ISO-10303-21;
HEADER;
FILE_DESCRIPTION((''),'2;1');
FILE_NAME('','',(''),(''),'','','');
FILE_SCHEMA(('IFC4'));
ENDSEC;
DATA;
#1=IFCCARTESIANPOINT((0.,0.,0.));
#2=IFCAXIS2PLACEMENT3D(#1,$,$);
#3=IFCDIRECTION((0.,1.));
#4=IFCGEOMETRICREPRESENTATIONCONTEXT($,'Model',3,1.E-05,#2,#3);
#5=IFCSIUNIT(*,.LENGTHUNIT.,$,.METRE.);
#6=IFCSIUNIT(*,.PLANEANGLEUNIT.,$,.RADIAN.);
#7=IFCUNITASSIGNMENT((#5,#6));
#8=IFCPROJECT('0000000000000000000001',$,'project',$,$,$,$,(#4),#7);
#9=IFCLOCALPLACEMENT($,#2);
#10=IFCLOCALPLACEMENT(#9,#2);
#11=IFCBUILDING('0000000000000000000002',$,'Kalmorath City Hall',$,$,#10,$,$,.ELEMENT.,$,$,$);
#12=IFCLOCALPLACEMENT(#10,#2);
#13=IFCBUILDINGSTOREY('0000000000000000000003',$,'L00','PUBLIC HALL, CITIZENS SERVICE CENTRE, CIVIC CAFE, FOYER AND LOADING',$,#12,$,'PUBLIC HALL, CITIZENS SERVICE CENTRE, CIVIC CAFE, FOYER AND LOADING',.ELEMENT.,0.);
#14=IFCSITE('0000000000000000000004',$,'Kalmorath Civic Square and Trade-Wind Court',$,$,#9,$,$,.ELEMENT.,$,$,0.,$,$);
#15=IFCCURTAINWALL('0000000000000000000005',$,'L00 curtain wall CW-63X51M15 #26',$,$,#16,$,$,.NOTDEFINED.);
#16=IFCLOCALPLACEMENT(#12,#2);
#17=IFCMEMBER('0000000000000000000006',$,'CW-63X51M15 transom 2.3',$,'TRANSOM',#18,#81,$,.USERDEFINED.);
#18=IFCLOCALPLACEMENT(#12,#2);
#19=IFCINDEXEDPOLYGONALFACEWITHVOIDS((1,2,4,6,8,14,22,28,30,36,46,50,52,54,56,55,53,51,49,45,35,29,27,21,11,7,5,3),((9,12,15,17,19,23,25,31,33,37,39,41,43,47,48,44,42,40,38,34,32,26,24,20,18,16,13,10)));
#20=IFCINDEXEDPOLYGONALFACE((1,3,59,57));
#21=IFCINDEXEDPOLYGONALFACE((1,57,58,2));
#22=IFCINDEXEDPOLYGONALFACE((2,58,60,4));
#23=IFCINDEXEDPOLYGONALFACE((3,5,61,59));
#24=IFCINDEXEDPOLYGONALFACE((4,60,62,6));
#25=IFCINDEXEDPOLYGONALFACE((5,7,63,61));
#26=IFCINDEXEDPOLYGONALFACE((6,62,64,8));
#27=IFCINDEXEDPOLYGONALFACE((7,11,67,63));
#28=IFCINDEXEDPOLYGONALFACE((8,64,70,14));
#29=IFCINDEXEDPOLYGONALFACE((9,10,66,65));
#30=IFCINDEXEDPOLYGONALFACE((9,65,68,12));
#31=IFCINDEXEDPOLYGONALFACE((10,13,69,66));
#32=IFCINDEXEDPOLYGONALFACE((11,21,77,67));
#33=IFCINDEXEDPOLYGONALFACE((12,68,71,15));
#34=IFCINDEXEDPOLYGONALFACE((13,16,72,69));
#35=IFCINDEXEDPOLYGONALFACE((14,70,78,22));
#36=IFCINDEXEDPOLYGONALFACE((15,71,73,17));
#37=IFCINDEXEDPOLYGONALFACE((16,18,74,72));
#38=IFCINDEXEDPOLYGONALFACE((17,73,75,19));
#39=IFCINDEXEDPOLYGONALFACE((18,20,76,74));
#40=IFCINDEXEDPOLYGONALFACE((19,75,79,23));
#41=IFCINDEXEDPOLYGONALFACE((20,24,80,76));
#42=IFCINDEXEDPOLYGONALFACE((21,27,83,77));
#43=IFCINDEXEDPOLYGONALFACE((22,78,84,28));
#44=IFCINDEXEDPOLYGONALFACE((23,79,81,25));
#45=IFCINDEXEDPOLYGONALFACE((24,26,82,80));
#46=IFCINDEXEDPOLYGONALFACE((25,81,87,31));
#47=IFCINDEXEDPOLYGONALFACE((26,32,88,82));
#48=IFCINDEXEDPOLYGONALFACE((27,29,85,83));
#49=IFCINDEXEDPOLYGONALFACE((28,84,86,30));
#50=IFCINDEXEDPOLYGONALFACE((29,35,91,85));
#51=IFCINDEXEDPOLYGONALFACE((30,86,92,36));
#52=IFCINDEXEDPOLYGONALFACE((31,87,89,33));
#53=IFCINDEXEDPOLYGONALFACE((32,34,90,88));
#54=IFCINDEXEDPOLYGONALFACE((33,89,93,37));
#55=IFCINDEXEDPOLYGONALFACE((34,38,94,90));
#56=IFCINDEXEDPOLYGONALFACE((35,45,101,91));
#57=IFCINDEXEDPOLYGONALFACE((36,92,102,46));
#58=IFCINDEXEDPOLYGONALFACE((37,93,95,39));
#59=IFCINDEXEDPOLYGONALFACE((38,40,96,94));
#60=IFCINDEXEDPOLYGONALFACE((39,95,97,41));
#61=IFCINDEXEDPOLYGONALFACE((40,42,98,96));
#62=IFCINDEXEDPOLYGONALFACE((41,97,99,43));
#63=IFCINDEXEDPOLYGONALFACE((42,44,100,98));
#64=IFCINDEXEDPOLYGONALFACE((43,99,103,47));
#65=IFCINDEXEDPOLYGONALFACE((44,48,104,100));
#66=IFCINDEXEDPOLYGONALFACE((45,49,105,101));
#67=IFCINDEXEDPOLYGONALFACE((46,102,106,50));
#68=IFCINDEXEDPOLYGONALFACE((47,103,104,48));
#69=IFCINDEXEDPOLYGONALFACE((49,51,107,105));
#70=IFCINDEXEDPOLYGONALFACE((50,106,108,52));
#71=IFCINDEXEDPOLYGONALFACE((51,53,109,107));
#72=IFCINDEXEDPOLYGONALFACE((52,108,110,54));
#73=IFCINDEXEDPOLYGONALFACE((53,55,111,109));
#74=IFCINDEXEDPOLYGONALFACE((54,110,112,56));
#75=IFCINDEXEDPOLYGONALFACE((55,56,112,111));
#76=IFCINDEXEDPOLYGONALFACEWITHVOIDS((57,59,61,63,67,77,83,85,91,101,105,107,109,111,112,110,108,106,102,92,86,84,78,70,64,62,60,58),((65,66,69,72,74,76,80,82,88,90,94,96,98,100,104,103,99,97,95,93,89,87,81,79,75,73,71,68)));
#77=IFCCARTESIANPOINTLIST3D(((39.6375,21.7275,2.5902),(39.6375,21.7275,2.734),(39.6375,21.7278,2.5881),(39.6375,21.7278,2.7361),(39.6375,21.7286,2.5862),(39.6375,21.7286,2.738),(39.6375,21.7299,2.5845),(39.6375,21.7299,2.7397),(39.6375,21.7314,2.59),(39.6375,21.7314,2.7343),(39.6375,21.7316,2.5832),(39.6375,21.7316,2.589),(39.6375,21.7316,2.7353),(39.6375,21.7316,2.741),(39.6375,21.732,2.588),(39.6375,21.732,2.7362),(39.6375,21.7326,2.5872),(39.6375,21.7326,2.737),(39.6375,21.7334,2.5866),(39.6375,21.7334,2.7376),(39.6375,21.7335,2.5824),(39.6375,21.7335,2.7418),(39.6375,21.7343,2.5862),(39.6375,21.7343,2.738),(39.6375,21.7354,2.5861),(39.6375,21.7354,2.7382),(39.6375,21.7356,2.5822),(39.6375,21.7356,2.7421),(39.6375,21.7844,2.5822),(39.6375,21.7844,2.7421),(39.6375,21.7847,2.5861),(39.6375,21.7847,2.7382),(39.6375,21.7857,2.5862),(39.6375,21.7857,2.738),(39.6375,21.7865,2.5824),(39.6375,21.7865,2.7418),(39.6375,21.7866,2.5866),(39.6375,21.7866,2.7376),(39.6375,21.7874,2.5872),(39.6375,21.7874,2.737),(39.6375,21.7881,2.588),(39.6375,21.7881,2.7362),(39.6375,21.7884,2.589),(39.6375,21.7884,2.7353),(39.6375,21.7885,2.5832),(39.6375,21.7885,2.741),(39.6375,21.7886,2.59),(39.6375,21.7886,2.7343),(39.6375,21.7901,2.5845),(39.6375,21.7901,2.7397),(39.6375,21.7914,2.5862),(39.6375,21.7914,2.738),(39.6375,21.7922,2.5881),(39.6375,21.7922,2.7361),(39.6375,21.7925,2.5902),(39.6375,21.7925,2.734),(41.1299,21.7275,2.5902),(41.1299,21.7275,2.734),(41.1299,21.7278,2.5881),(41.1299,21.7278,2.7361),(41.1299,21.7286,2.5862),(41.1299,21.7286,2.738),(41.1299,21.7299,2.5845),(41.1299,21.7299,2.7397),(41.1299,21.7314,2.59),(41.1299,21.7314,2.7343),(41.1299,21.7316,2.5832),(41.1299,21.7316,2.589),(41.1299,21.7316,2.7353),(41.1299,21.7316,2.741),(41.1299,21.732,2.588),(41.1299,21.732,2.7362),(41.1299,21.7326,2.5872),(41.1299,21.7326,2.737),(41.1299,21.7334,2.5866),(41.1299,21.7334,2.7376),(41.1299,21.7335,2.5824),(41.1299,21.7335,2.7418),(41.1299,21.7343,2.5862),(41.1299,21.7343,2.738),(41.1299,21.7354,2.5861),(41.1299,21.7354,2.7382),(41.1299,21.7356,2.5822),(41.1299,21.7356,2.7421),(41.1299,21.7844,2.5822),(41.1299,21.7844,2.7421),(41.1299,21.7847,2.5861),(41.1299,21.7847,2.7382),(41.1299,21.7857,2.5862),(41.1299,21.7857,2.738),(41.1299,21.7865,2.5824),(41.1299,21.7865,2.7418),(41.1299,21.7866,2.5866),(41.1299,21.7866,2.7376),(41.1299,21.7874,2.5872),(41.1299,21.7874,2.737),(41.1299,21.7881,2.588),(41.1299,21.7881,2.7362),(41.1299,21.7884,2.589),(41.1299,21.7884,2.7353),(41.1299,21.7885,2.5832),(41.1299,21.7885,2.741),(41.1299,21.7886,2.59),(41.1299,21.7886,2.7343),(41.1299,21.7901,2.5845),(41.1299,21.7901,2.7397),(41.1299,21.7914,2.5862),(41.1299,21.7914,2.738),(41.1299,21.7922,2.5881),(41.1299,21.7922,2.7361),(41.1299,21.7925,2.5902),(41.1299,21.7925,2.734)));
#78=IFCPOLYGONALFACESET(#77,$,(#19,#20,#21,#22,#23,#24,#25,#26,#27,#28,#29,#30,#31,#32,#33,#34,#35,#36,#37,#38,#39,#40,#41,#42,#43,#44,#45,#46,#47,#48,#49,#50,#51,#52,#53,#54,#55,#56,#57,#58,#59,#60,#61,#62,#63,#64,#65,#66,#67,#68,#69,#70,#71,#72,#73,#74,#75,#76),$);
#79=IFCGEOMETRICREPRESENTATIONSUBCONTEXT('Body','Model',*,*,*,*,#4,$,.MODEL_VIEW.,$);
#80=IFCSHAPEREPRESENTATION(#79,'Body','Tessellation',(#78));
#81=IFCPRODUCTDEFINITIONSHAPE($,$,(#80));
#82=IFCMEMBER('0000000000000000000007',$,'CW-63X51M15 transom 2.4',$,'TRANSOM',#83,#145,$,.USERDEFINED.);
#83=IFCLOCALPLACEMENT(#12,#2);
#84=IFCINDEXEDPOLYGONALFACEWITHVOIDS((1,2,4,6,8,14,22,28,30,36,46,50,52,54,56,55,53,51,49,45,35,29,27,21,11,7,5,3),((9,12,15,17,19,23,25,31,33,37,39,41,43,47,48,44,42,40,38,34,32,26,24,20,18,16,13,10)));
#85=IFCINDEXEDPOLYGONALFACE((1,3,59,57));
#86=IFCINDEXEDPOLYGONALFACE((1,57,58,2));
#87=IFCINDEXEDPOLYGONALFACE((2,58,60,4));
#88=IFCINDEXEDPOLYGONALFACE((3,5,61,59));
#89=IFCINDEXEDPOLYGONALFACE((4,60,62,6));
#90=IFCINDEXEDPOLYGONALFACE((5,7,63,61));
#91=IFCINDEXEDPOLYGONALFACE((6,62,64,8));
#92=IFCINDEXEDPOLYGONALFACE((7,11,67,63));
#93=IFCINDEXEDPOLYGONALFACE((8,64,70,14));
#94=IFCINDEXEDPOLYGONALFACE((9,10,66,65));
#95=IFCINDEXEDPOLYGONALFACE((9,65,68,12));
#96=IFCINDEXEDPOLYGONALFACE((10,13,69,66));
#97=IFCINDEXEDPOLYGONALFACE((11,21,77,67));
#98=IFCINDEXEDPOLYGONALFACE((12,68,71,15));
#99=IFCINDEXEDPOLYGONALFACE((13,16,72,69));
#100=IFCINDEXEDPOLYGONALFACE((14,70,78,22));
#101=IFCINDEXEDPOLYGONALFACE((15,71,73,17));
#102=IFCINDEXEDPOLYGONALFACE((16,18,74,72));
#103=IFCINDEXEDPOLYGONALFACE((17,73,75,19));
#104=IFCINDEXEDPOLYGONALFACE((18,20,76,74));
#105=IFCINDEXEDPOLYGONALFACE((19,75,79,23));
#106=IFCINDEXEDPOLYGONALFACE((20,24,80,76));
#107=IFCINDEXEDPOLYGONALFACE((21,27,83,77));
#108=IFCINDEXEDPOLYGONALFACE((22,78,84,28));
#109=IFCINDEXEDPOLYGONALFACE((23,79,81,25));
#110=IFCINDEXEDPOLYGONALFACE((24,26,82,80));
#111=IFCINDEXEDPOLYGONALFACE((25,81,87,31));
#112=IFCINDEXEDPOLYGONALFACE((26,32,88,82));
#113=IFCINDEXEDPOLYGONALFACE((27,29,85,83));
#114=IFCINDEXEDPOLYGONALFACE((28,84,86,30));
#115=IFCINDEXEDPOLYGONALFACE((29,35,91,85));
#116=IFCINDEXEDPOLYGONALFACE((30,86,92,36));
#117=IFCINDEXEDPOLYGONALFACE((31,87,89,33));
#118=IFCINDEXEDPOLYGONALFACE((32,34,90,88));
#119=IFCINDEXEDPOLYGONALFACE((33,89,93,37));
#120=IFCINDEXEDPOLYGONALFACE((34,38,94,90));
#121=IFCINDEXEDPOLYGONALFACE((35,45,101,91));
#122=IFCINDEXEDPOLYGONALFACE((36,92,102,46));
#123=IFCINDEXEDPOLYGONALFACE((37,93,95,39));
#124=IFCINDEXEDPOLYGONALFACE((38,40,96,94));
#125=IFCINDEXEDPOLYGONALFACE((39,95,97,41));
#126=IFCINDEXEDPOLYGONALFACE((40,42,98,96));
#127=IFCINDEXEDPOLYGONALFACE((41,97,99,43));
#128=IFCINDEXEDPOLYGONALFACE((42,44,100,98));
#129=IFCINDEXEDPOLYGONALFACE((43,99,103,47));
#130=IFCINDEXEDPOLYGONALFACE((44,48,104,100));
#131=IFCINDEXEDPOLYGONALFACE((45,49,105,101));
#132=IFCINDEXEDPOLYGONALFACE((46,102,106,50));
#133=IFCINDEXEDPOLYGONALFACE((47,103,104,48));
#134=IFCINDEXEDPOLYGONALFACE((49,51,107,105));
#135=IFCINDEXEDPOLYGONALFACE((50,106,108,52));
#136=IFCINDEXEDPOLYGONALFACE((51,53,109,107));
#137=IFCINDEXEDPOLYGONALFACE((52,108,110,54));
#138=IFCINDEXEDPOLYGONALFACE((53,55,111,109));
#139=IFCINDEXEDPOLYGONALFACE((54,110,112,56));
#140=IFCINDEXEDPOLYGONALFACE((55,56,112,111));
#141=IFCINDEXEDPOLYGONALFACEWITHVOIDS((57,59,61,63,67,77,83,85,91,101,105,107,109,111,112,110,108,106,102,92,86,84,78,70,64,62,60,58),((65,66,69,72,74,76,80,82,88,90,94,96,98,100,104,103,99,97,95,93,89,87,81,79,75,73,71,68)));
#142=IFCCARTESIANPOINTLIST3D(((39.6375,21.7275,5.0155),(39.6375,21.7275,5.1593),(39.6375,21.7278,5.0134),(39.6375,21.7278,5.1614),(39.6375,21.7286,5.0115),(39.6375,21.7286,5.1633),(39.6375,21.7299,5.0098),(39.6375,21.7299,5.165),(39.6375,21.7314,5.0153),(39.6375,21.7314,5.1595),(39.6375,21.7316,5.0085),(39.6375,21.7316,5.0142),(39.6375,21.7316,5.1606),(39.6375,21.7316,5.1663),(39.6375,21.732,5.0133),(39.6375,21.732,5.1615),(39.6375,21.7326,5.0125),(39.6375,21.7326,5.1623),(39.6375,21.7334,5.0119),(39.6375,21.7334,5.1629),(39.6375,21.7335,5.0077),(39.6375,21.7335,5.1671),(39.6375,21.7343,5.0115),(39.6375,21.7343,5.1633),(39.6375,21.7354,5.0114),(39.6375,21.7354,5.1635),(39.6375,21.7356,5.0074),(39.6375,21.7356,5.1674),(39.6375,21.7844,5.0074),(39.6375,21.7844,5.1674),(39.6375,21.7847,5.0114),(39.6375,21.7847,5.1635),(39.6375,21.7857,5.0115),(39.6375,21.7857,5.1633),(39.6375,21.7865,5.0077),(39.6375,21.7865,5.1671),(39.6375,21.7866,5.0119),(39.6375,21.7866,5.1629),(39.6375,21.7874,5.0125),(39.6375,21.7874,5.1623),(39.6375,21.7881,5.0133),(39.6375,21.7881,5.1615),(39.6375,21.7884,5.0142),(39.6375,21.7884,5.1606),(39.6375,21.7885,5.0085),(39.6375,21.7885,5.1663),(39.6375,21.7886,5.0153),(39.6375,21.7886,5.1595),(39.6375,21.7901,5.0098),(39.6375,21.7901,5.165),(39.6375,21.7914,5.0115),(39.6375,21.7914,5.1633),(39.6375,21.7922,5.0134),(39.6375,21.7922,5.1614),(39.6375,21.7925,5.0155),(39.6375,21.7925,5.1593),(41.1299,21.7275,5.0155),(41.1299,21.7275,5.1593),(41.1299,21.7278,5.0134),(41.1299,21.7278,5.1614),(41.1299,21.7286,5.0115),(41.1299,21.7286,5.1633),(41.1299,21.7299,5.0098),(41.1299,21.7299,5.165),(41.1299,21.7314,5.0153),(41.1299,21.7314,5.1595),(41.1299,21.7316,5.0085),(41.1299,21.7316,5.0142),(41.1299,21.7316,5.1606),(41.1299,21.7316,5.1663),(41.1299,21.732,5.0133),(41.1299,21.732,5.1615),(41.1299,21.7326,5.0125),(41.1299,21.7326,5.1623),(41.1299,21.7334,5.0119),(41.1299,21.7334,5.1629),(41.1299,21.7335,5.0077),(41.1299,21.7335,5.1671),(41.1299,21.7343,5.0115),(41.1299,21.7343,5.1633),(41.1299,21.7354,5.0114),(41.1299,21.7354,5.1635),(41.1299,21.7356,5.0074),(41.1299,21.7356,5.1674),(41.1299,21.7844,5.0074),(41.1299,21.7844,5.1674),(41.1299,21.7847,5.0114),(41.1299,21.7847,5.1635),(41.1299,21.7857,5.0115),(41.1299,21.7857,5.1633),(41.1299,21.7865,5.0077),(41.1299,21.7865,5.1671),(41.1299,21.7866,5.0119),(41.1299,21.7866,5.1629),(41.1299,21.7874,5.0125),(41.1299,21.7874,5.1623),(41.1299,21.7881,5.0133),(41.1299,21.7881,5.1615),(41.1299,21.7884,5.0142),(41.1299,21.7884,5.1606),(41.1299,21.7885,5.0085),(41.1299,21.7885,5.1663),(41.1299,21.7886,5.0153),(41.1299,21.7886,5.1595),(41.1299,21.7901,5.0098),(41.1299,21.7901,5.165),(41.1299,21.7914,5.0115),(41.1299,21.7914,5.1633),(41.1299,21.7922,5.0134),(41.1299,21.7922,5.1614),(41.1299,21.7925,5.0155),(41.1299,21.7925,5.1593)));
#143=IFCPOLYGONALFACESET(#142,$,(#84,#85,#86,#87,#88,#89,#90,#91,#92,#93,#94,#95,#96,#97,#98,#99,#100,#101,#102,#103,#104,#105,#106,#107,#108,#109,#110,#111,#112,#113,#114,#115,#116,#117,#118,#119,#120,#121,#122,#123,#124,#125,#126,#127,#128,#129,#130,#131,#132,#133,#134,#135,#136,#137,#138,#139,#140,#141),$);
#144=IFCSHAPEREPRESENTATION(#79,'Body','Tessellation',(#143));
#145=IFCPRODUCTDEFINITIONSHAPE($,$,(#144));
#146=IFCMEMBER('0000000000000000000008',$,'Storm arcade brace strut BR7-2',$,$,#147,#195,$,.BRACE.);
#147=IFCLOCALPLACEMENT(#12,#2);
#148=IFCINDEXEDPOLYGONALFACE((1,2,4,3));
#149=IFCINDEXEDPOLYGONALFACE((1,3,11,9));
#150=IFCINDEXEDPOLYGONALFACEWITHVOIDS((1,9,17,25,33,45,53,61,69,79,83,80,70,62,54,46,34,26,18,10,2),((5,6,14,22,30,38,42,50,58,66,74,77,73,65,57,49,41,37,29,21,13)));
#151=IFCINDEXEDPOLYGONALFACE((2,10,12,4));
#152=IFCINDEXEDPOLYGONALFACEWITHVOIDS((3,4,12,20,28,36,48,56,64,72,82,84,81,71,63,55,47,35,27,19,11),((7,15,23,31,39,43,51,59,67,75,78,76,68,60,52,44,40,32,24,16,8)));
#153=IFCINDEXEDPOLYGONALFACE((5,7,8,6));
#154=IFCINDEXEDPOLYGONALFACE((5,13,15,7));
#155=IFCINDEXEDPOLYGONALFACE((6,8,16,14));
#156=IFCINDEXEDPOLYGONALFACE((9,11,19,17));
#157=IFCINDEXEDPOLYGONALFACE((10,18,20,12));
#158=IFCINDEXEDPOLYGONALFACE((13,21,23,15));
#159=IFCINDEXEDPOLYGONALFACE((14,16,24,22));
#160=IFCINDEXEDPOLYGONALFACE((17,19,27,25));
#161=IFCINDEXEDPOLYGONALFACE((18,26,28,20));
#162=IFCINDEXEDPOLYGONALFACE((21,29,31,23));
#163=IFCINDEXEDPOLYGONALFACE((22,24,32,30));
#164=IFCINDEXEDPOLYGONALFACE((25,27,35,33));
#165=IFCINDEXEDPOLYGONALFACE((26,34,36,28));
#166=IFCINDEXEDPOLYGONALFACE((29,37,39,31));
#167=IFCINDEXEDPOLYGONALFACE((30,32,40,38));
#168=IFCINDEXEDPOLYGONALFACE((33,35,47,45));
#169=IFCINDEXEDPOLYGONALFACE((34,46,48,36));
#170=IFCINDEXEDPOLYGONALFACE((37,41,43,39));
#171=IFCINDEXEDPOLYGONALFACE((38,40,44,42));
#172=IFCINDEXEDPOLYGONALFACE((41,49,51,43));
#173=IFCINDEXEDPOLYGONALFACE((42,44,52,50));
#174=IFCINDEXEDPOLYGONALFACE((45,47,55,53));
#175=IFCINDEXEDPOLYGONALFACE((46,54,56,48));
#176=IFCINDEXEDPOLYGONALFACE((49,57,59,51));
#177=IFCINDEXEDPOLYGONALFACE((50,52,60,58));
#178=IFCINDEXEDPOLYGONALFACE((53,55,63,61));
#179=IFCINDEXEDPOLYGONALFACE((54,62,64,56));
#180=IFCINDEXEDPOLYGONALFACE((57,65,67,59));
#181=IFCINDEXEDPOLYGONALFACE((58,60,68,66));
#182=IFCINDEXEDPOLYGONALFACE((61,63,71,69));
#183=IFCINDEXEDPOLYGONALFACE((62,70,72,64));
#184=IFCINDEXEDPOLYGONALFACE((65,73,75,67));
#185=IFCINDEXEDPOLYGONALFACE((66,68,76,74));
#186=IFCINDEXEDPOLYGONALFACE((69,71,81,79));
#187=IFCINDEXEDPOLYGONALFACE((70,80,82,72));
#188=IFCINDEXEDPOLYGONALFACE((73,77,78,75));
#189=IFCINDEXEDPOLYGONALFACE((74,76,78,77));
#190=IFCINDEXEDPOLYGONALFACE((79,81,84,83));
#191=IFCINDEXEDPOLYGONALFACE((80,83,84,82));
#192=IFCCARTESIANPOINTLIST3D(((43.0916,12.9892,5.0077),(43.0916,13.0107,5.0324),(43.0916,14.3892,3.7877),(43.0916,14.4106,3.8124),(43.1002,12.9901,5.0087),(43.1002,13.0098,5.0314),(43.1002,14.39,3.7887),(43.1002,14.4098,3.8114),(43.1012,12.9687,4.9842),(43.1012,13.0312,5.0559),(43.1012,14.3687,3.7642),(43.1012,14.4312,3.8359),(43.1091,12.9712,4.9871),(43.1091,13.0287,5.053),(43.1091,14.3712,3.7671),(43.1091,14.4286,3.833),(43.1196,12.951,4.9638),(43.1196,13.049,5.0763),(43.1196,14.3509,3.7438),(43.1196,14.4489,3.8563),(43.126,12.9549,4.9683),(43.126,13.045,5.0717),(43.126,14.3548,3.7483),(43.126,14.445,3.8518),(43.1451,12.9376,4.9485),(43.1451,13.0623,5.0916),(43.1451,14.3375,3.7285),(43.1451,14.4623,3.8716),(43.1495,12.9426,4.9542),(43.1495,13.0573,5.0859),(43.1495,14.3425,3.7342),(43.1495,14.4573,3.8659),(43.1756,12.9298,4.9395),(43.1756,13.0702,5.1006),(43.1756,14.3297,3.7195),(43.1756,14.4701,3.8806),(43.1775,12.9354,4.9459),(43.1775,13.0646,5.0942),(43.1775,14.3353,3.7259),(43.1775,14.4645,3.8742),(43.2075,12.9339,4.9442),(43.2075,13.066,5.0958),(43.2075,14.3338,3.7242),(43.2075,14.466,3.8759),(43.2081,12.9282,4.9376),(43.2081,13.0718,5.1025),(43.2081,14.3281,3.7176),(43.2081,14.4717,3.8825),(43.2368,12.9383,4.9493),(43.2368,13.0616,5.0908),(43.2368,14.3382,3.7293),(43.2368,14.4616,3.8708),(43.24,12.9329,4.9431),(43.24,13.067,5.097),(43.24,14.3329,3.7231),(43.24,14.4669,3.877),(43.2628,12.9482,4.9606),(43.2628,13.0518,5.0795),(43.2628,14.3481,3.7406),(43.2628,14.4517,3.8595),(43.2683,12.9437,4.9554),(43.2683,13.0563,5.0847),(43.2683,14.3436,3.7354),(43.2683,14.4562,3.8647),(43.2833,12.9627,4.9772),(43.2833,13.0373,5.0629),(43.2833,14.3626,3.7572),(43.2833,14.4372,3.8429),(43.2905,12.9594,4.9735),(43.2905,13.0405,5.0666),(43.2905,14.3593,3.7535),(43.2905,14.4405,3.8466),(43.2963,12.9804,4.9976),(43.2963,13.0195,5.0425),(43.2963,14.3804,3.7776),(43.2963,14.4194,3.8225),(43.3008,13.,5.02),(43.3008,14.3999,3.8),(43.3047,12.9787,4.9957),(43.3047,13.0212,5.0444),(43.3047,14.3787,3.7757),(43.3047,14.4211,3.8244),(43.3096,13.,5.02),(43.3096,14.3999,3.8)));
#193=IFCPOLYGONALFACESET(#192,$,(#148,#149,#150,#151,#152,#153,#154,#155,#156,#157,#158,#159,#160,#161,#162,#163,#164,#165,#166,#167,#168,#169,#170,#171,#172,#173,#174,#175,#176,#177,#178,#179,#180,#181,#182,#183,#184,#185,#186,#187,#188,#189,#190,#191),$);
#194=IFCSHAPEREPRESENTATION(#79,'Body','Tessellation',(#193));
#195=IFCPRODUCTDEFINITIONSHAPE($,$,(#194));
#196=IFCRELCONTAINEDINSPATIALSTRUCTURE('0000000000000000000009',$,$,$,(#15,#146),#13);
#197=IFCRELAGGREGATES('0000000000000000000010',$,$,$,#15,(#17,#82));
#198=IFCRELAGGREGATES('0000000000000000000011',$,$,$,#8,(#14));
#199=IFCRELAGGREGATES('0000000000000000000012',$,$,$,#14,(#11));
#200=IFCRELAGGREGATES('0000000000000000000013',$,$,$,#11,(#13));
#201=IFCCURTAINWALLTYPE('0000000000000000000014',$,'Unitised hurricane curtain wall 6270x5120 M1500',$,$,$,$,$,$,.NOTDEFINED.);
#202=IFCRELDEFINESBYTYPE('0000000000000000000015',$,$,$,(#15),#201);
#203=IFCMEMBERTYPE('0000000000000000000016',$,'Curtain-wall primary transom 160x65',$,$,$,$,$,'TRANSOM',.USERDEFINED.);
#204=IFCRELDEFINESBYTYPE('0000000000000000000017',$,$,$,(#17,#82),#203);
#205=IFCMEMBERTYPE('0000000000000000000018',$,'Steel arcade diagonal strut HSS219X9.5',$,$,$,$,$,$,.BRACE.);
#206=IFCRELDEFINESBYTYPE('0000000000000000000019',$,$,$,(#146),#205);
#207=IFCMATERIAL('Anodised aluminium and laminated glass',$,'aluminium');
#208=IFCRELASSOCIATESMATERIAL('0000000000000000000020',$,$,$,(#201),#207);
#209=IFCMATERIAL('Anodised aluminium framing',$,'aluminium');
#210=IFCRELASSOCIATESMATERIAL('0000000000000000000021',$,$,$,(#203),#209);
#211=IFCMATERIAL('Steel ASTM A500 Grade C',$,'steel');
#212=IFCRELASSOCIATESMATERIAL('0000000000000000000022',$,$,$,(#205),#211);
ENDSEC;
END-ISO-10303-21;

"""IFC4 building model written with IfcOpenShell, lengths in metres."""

from ifc_helpers import new_model, si_unit, direction, frame, origin, origin_2d, place, context, subcontext, project, spatial, hollow_rectangle, hollow_circle, extrude, material, material_profile, profile_set, type_object, element, aggregate, save


model = new_model("IFC4")

# Units and contexts
model_context = context("Model", 3, precision=1e-05, world=origin(), true_north=direction((0.0, 1.0)))
body_context = subcontext(model_context, "Body", "Model", "MODEL_VIEW")
ifc_project = project(units=[si_unit("LENGTHUNIT", "METRE"), si_unit("PLANEANGLEUNIT", "RADIAN")], contexts=[model_context])

# Site, building, storey
site_placement = place(None, origin())
site = spatial("IfcSite", under=ifc_project, at=site_placement, Name="Kalmorath Civic Square and Trade-Wind Court", CompositionType="ELEMENT", RefElevation=0.0)
building_placement = place(site_placement, origin())
building = spatial("IfcBuilding", under=site, at=building_placement, Name="Kalmorath City Hall", CompositionType="ELEMENT")
storey_placement = place(building_placement, origin())
storey = spatial("IfcBuildingStorey", under=building, at=storey_placement, Name="L00", Description="PUBLIC HALL, CITIZENS SERVICE CENTRE, CIVIC CAFE, FOYER AND LOADING", LongName="PUBLIC HALL, CITIZENS SERVICE CENTRE, CIVIC CAFE, FOYER AND LOADING", CompositionType="ELEMENT", Elevation=0.0)

# Curtain wall, members
ifc_material_1 = material(Name="Anodised aluminium and laminated glass", Category="aluminium")
curtain_wall_type_1 = type_object("IfcCurtainWallType", Name="Unitised hurricane curtain wall 6270x5120 M1500", PredefinedType="NOTDEFINED", material=ifc_material_1)
curtain_wall_1_placement = place(storey_placement, origin())
curtain_wall_1 = element("IfcCurtainWall", 1, at=curtain_wall_1_placement, inside=storey, type_object=curtain_wall_type_1, Name="L00 curtain wall CW-63X51M15 #26", PredefinedType="NOTDEFINED")
ifc_material_2 = material(Name="Anodised aluminium framing", Category="aluminium")
ifc_material_profile_1 = material_profile(ifc_material_2, hollow_rectangle(XDim=0.0649, YDim=0.1599, WallThickness=0.0039, InnerFilletRadius=0.0039, OuterFilletRadius=0.0081, at=origin_2d()), Name="ALU-TRN-160X65X4")
ifc_profile_set_1 = profile_set([ifc_material_profile_1], Name="Anodised aluminium framing")
member_type_1 = type_object("IfcMemberType", Name="Curtain-wall primary transom 160x65", ElementType="TRANSOM", PredefinedType="USERDEFINED", material=ifc_profile_set_1)
member_1_placement = place(storey_placement, frame((41.1299, 21.76, 2.6621), z_axis=(-1.0, 0.0, 0.0), x_axis=(0.0, -1.0, 0.0)))
member_1 = element("IfcMember", 2, at=member_1_placement, type_object=member_type_1, Name="CW-63X51M15 transom 2.3", ObjectType="TRANSOM", PredefinedType="USERDEFINED", context=body_context, shape_type="SweptSolid", body=[
    extrude(hollow_rectangle(XDim=0.0649, YDim=0.1599, WallThickness=0.0039, InnerFilletRadius=0.0039, OuterFilletRadius=0.0081, at=origin_2d()), origin(), (0.0, 0.0, 1.0), 1.4924),
])
member_2_placement = place(storey_placement, frame((41.1299, 21.76, 5.0874), z_axis=(-1.0, 0.0, 0.0), x_axis=(0.0, -1.0, 0.0)))
member_2 = element("IfcMember", 3, at=member_2_placement, type_object=member_type_1, Name="CW-63X51M15 transom 2.4", ObjectType="TRANSOM", PredefinedType="USERDEFINED", context=body_context, shape_type="SweptSolid", body=[
    extrude(hollow_rectangle(XDim=0.0649, YDim=0.1599, WallThickness=0.0039, InnerFilletRadius=0.0039, OuterFilletRadius=0.0081, at=origin_2d()), origin(), (0.0, 0.0, 1.0), 1.4924),
])

# Member
ifc_material_3 = material(Name="Steel ASTM A500 Grade C", Category="steel")
ifc_material_profile_2 = material_profile(ifc_material_3, hollow_circle(Radius=0.1096, WallThickness=0.0088, at=origin_2d()), Name="HSS219X9.5")
ifc_profile_set_2 = profile_set([ifc_material_profile_2], Name="Steel ASTM A500 Grade C")
member_type_2 = type_object("IfcMemberType", Name="Steel arcade diagonal strut HSS219X9.5", PredefinedType="BRACE", material=ifc_profile_set_2)
member_3_placement = place(storey_placement, frame((43.2, 14.3999, 3.8), z_axis=(0.0, -0.753895, 0.656995), x_axis=(1.0, 0.0, 0.0)))
element("IfcMember", 4, at=member_3_placement, inside=storey, type_object=member_type_2, Name="Storm arcade brace strut BR7-2", PredefinedType="BRACE", context=body_context, shape_type="SweptSolid", body=[
    extrude(hollow_circle(Radius=0.1096, WallThickness=0.0088, at=origin_2d()), origin(), (0.0, 0.0, 1.0), 1.8569),
])

aggregate(curtain_wall_1, [member_1, member_2])

save(model, "model.ifc")
